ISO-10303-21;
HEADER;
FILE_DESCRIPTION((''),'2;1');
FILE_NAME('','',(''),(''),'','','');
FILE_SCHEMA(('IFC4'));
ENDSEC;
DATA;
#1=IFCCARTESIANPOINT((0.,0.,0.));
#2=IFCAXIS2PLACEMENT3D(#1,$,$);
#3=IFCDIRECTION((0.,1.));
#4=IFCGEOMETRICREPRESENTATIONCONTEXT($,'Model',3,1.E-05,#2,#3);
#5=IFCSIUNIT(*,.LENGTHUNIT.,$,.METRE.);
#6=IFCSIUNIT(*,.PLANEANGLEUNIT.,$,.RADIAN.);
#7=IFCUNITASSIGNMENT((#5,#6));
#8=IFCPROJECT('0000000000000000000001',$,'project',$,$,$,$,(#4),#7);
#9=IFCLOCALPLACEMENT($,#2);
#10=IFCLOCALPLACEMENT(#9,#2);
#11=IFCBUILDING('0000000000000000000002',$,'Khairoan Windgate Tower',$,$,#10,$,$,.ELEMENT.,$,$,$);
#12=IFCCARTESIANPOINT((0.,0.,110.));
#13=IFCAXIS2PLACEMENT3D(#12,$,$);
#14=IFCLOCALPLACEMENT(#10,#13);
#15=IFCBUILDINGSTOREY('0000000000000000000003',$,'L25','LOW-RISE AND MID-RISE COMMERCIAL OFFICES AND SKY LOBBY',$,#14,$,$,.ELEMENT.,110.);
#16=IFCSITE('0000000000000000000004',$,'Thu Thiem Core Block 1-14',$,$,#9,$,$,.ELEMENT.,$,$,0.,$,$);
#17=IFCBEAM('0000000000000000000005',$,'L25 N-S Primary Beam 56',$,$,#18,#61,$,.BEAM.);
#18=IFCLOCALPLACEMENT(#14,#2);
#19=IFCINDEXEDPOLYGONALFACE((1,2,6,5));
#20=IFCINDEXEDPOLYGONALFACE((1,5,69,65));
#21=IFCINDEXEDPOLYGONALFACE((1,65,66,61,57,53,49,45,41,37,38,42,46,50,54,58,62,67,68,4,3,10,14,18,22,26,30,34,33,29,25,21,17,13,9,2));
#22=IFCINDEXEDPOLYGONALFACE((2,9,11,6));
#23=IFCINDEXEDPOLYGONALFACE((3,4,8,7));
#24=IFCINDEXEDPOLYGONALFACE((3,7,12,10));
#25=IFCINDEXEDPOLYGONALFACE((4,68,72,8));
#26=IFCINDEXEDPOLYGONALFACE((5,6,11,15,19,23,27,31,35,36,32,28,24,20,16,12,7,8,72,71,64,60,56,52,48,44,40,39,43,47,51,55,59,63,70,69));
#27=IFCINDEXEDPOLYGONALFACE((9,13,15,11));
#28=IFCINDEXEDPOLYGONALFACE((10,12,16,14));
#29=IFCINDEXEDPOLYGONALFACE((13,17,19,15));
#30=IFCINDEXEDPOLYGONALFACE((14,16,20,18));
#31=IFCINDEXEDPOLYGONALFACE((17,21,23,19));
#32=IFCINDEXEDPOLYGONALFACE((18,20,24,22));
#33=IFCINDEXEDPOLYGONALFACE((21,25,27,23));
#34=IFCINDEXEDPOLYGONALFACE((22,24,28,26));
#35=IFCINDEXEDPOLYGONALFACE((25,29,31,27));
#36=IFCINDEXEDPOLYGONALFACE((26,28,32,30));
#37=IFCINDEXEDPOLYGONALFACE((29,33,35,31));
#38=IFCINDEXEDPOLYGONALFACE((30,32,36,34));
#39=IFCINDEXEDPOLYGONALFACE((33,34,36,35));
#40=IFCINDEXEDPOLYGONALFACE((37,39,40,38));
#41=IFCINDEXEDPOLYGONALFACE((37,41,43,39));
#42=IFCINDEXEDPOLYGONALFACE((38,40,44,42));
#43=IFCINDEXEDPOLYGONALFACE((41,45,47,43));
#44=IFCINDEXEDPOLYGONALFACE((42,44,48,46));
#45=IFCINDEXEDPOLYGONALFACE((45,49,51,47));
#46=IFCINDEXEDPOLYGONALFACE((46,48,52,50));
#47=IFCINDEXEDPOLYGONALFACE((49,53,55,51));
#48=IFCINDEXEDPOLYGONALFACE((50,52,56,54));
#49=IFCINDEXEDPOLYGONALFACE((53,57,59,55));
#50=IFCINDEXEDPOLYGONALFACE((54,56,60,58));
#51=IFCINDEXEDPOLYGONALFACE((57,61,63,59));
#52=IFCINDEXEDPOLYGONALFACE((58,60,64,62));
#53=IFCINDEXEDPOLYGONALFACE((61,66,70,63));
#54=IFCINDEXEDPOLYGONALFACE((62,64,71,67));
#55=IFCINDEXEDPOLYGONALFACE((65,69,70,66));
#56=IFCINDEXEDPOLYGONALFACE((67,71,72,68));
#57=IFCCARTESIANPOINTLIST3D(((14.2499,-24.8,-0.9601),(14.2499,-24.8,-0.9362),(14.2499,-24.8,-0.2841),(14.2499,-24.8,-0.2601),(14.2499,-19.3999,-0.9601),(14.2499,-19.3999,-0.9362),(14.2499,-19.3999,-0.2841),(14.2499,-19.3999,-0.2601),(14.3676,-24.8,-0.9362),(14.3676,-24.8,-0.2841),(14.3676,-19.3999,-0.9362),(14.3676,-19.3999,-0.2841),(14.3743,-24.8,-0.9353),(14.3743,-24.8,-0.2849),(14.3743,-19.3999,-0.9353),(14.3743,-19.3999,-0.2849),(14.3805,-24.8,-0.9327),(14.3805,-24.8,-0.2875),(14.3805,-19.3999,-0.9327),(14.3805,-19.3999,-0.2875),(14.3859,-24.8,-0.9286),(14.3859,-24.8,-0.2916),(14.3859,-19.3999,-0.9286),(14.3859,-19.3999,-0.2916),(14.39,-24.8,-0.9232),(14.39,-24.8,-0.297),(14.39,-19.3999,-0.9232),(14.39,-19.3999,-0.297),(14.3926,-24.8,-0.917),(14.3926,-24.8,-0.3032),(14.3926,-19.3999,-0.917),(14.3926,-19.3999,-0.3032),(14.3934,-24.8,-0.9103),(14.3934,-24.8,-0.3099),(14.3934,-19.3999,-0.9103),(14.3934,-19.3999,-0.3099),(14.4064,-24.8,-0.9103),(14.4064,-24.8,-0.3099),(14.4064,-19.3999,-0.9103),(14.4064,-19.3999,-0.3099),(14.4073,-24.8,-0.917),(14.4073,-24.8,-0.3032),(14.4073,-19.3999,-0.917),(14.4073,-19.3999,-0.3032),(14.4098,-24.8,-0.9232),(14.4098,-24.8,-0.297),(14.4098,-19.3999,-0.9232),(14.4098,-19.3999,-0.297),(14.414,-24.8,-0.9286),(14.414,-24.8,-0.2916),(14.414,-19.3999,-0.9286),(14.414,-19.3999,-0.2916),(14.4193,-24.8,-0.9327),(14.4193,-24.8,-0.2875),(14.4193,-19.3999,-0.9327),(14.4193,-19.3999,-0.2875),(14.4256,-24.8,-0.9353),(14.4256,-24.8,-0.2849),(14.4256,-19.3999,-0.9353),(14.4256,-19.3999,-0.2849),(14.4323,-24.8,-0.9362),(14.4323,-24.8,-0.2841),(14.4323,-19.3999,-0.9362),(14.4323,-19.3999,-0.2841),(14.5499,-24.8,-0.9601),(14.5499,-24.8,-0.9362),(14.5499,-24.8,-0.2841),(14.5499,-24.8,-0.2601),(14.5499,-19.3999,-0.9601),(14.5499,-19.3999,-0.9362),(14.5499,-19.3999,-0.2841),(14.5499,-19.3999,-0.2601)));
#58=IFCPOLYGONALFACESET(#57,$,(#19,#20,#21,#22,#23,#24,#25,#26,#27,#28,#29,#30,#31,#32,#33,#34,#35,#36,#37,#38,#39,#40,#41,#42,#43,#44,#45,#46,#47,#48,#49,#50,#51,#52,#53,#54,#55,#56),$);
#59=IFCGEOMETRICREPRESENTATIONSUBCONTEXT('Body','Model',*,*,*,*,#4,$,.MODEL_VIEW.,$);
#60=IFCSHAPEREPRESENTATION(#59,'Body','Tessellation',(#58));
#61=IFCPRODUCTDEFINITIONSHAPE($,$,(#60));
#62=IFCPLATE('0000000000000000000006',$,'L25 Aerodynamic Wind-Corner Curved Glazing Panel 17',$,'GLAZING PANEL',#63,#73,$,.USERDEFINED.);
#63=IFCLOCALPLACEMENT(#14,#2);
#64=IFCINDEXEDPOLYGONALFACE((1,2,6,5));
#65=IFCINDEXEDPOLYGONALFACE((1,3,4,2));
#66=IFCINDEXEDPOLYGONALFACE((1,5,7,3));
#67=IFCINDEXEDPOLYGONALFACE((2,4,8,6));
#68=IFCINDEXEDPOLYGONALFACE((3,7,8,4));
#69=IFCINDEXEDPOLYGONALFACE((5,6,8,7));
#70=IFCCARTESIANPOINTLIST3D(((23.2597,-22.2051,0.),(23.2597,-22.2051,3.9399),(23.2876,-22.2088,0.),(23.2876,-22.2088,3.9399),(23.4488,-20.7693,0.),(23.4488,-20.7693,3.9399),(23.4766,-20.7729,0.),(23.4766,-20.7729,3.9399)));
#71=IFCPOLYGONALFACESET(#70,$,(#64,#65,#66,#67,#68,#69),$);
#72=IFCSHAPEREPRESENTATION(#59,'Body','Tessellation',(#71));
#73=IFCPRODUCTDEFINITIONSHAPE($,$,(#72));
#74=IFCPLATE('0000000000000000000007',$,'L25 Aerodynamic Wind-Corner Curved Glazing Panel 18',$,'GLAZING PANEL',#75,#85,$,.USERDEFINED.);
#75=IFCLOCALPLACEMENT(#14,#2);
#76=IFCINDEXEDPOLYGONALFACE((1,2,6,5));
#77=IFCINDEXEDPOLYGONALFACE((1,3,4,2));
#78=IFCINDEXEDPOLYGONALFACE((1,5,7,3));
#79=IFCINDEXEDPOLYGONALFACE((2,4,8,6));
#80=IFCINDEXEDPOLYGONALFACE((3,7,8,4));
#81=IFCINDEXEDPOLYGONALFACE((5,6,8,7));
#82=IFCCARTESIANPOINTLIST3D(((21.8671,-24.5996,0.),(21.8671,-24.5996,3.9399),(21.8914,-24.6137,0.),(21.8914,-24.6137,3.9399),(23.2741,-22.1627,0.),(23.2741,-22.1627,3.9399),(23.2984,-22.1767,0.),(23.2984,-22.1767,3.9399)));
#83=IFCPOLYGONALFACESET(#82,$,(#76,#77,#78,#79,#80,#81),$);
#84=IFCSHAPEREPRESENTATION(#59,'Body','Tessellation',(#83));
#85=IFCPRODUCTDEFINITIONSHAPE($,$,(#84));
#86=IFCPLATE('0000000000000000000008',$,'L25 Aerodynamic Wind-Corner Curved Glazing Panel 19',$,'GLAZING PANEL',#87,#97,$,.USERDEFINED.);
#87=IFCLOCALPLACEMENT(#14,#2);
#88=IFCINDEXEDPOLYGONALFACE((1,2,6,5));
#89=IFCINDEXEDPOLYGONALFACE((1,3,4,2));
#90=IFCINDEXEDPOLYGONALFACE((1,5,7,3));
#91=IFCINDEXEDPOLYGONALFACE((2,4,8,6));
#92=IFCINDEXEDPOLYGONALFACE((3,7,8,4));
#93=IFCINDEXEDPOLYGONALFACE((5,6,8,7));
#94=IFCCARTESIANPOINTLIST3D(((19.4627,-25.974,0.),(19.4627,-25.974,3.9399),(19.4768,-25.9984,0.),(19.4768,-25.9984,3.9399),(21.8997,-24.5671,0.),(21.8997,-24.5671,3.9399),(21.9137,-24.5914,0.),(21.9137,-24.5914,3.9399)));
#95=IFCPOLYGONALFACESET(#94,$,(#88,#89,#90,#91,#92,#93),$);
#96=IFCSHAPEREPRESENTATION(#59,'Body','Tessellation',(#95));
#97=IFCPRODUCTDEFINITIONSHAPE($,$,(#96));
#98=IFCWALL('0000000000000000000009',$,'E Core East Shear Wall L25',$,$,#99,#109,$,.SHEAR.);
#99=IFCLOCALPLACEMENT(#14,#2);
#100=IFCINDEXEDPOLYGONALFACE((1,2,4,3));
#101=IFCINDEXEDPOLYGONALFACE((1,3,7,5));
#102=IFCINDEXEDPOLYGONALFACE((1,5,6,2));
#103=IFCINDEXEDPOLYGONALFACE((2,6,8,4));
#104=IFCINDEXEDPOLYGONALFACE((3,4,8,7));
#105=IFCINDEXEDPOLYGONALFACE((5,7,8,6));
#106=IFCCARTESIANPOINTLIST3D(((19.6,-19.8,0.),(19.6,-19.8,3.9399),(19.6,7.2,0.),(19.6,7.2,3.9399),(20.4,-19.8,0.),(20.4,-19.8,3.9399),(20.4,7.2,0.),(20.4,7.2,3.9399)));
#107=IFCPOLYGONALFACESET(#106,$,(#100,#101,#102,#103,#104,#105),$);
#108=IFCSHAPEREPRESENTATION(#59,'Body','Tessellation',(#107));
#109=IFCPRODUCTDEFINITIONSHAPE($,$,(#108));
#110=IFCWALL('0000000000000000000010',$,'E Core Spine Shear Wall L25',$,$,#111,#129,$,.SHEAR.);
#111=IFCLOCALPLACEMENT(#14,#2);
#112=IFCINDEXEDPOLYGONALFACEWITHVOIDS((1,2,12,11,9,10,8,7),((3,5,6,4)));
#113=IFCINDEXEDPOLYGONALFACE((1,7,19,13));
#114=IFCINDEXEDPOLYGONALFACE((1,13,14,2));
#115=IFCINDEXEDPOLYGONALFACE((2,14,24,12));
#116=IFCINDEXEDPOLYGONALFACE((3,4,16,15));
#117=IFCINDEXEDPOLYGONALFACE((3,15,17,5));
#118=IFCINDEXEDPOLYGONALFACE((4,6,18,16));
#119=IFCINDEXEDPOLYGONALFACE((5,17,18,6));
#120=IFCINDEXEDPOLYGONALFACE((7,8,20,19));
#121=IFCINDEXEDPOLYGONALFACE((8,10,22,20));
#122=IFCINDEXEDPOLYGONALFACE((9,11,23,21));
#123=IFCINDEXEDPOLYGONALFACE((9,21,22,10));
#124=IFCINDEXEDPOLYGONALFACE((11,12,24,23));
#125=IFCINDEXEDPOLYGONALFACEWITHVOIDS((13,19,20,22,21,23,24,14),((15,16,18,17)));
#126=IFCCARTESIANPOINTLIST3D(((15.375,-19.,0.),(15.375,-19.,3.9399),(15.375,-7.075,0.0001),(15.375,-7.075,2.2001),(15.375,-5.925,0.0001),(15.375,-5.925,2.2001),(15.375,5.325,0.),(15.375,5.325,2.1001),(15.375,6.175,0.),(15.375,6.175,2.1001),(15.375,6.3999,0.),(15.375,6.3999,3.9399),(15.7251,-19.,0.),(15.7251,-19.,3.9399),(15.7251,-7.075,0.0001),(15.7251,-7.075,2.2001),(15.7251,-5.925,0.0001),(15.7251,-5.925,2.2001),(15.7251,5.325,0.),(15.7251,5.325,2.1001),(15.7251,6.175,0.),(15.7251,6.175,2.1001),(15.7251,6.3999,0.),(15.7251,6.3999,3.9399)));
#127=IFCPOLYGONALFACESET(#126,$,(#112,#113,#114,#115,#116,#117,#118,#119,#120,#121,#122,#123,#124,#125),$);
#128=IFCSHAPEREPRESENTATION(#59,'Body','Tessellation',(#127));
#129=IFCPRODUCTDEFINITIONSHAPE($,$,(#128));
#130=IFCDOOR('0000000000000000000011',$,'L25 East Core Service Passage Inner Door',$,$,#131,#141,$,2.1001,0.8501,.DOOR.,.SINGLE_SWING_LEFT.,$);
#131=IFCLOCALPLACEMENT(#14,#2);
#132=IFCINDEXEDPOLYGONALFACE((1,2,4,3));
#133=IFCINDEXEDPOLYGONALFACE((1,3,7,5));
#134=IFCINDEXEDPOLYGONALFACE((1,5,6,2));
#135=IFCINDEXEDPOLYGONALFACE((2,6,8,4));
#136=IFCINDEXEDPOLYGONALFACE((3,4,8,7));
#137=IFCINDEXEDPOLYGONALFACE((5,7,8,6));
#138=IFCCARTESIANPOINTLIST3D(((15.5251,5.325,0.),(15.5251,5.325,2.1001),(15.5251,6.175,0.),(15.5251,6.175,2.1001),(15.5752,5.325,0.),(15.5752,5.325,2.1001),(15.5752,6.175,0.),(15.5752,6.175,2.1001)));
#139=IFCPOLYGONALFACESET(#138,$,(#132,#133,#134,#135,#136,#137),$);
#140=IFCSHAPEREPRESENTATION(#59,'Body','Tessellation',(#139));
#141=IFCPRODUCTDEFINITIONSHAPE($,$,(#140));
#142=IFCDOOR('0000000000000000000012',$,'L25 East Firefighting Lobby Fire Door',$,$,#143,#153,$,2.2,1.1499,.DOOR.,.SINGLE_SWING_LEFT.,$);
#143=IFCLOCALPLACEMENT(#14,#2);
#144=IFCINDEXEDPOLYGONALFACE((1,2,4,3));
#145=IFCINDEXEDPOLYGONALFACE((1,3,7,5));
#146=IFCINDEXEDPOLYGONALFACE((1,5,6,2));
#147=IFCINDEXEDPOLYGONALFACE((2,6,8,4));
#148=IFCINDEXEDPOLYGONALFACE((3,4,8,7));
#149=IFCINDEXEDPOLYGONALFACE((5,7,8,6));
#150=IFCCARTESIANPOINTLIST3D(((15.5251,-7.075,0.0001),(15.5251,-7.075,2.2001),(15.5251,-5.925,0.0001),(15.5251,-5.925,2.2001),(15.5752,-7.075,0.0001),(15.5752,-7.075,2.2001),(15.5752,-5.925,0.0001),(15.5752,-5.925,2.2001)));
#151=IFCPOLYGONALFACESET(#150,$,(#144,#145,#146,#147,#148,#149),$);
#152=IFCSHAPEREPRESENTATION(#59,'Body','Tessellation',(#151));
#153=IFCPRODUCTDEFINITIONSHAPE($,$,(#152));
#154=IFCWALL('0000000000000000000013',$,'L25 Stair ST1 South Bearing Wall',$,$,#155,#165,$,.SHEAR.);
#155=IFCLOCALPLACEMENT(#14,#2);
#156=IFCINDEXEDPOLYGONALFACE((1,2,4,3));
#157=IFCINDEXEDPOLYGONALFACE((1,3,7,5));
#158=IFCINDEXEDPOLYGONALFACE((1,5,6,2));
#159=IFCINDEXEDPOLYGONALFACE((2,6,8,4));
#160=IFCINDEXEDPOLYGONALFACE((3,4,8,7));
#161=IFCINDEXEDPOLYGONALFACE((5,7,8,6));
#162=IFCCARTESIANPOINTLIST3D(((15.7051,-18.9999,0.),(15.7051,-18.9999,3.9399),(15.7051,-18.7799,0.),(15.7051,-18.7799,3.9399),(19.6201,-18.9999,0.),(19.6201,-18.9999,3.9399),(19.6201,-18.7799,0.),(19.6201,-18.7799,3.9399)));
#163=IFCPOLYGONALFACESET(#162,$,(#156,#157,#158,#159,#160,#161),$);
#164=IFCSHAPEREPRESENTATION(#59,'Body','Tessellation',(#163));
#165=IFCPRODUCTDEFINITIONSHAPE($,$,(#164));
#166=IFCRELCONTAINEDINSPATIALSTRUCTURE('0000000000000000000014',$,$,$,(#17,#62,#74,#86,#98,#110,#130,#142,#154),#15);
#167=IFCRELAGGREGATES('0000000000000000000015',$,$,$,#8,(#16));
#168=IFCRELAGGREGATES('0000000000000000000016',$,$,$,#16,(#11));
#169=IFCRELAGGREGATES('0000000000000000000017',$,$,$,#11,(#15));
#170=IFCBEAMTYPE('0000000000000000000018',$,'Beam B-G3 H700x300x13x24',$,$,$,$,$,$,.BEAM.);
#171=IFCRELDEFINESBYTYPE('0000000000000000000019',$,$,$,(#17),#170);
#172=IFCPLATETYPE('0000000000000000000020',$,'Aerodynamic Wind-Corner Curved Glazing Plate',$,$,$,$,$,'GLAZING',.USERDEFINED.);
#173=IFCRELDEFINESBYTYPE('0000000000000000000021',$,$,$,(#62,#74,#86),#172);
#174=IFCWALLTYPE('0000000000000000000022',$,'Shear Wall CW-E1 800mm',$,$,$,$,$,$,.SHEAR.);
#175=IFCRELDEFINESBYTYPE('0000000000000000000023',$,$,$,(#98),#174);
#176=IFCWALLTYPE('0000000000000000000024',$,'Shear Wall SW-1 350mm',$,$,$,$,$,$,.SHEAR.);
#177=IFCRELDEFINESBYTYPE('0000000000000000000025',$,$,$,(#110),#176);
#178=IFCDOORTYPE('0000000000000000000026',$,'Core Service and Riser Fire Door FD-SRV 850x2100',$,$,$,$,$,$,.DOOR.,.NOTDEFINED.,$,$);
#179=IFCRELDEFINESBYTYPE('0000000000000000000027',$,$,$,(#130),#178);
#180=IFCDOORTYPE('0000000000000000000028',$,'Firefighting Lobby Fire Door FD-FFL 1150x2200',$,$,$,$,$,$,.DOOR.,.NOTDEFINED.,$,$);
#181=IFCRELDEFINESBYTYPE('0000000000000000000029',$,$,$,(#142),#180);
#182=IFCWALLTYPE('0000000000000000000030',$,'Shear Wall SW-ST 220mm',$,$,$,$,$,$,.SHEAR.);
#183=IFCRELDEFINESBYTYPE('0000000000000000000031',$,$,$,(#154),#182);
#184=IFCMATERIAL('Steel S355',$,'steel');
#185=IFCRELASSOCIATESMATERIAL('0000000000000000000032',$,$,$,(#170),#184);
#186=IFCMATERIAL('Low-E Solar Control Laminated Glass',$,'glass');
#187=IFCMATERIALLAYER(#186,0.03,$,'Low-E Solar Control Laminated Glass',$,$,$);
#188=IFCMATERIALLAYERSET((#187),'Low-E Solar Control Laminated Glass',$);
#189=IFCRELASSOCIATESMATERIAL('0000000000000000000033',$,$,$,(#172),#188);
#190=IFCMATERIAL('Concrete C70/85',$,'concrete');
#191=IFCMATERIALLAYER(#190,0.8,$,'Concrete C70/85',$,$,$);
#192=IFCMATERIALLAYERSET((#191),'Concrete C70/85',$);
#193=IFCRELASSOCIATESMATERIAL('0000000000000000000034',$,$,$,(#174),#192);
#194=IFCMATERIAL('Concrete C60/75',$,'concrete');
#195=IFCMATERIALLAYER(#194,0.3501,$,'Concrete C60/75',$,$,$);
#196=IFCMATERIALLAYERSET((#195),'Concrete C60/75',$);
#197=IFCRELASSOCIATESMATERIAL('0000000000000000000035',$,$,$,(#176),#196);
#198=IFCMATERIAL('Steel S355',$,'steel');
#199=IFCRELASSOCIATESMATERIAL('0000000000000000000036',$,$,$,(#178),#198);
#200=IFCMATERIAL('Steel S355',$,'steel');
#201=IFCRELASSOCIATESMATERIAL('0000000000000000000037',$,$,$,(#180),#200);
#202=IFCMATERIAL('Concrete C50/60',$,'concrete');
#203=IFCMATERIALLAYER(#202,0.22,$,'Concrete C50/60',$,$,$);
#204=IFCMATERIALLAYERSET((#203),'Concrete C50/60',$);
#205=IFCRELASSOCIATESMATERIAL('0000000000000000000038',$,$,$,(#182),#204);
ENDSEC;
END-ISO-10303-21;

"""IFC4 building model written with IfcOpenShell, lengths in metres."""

from ifc_helpers import new_model, si_unit, direction, frame, frame_2d, origin, origin_2d, place, context, subcontext, project, spatial, rectangle, i_section, extrude, material, layer, layer_set, material_profile, profile_set, type_object, element, fill, save


model = new_model("IFC4")

# Units and contexts
model_context = context("Model", 3, precision=1e-05, world=origin(), true_north=direction((0.0, 1.0)))
body_context = subcontext(model_context, "Body", "Model", "MODEL_VIEW")
ifc_project = project(units=[si_unit("LENGTHUNIT", "METRE"), si_unit("PLANEANGLEUNIT", "RADIAN")], contexts=[model_context])

# Site, building, storey
site_placement = place(None, origin())
site = spatial("IfcSite", under=ifc_project, at=site_placement, Name="Thu Thiem Core Block 1-14", CompositionType="ELEMENT", RefElevation=0.0)
building_placement = place(site_placement, origin())
building = spatial("IfcBuilding", under=site, at=building_placement, Name="Khairoan Windgate Tower", CompositionType="ELEMENT")
storey_placement = place(building_placement, frame((0.0, 0.0, 110.0)))
storey = spatial("IfcBuildingStorey", under=building, at=storey_placement, Name="L25", Description="LOW-RISE AND MID-RISE COMMERCIAL OFFICES AND SKY LOBBY", CompositionType="ELEMENT", Elevation=110.0)

# Beam
ifc_material_1 = material(Name="Steel S355", Category="steel")
ifc_material_profile_1 = material_profile(ifc_material_1, i_section(OverallWidth=0.3, OverallDepth=0.7, WebThickness=0.0129, FlangeThickness=0.0239, FilletRadius=0.0259, at=origin_2d()))
ifc_profile_set_1 = profile_set([ifc_material_profile_1], Name="Steel S355")
beam_type = type_object("IfcBeamType", Name="Beam B-G3 H700x300x13x24", PredefinedType="BEAM", material=ifc_profile_set_1)
beam_placement = place(storey_placement, frame((14.3999, -24.8, -0.6101), z_axis=(0.0, 1.0, 0.0), x_axis=(-1.0, 0.0, 0.0)))
element("IfcBeam", 1, at=beam_placement, inside=storey, type_object=beam_type, Name="L25 N-S Primary Beam 56", PredefinedType="BEAM", context=body_context, shape_type="SweptSolid", body=[
    extrude(i_section(OverallWidth=0.3, OverallDepth=0.7, WebThickness=0.0129, FlangeThickness=0.0239, FilletRadius=0.0259, at=origin_2d()), origin(), (0.0, 0.0, 1.0), 5.4001),
])

# Plates
ifc_material_2 = material(Name="Low-E Solar Control Laminated Glass", Category="glass")
ifc_layer_1 = layer(ifc_material_2, 0.03, Name="Low-E Solar Control Laminated Glass")
ifc_layer_set_1 = layer_set([ifc_layer_1], Name="Low-E Solar Control Laminated Glass")
plate_type_1 = type_object("IfcPlateType", Name="Aerodynamic Wind-Corner Curved Glazing Plate", ElementType="GLAZING", PredefinedType="USERDEFINED", material=ifc_layer_set_1)
plate_1_placement = place(storey_placement, frame((23.3682, -21.489, 0.0), z_axis=(0.0, 0.0, 1.0), x_axis=(-0.130526, -0.991445, 0.0)))
element("IfcPlate", 2, at=plate_1_placement, inside=storey, type_object=plate_type_1, Name="L25 Aerodynamic Wind-Corner Curved Glazing Panel 17", ObjectType="GLAZING PANEL", PredefinedType="USERDEFINED", context=body_context, shape_type="SweptSolid", body=[
    extrude(rectangle(XDim=1.4482, YDim=0.0281, at=origin_2d()), origin(), (0.0, 0.0, 1.0), 3.9399),
])
for number, where, z_axis, x_axis, name in (
    (3, (22.5828, -23.3882, 0.0), (0.0, 0.0, 1.0), (-0.5, -0.866025, 0.0), "L25 Aerodynamic Wind-Corner Curved Glazing Panel 18"),
    (4, (20.6882, -25.2827, 0.0), (0.0, 0.0, 1.0), (-0.866025, -0.5, 0.0), "L25 Aerodynamic Wind-Corner Curved Glazing Panel 19"),
):
    element("IfcPlate", number, at=place(storey_placement, frame(where, z_axis=z_axis, x_axis=x_axis)), inside=storey, type_object=plate_type_1, Name=name, ObjectType="GLAZING PANEL", PredefinedType="USERDEFINED", context=body_context, shape_type="SweptSolid", body=[
        extrude(rectangle(XDim=2.814, YDim=0.0281, at=origin_2d()), origin(), (0.0, 0.0, 1.0), 3.9399),
    ])

# Wall
ifc_material_3 = material(Name="Concrete C70/85", Category="concrete")
ifc_layer_2 = layer(ifc_material_3, 0.8, Name="Concrete C70/85")
ifc_layer_set_2 = layer_set([ifc_layer_2], Name="Concrete C70/85")
wall_type_1 = type_object("IfcWallType", Name="Shear Wall CW-E1 800mm", PredefinedType="SHEAR", material=ifc_layer_set_2)
wall_1_placement = place(storey_placement, frame((20.0, -19.8, 0.0), z_axis=(0.0, 0.0, 1.0), x_axis=(0.0, 1.0, 0.0)))
element("IfcWall", 5, at=wall_1_placement, inside=storey, type_object=wall_type_1, Name="E Core East Shear Wall L25", PredefinedType="SHEAR", context=body_context, shape_type="SweptSolid", body=[
    extrude(rectangle(XDim=27.0, YDim=0.8, at=frame_2d((13.5, 0.0))), origin(), (0.0, 0.0, 1.0), 3.9399),
])

# Wall, openings, doors
ifc_material_4 = material(Name="Concrete C60/75", Category="concrete")
ifc_layer_3 = layer(ifc_material_4, 0.3501, Name="Concrete C60/75")
ifc_layer_set_3 = layer_set([ifc_layer_3], Name="Concrete C60/75")
wall_type_2 = type_object("IfcWallType", Name="Shear Wall SW-1 350mm", PredefinedType="SHEAR", material=ifc_layer_set_3)
wall_2_placement = place(storey_placement, frame((15.55, -19.0, 0.0), z_axis=(0.0, 0.0, 1.0), x_axis=(0.0, 1.0, 0.0)))
wall_2 = element("IfcWall", 6, at=wall_2_placement, inside=storey, type_object=wall_type_2, Name="E Core Spine Shear Wall L25", PredefinedType="SHEAR", context=body_context, shape_type="SweptSolid", body=[
    extrude(rectangle(XDim=25.3999, YDim=0.3501, at=frame_2d((12.7, 0.0))), origin(), (0.0, 0.0, 1.0), 3.9399),
])
opening_1_placement = place(wall_2_placement, frame((11.925, 0.0, 0.0)))
opening_1 = element("IfcOpeningElement", 7, at=opening_1_placement, cuts=wall_2, PredefinedType="OPENING", context=body_context, shape_type="SweptSolid", body=[
    extrude(rectangle(XDim=1.1499, YDim=2.2, at=frame_2d((0.575, 1.1001))), frame((0.0, 0.1851, 0.0), z_axis=(0.0, -1.0, 0.0), x_axis=(1.0, 0.0, 0.0)), (0.0, 0.0, 1.0), 0.3701),
])
opening_2_placement = place(wall_2_placement, frame((24.325, 0.0, 0.0)))
opening_2 = element("IfcOpeningElement", 8, at=opening_2_placement, cuts=wall_2, PredefinedType="OPENING", context=body_context, shape_type="SweptSolid", body=[
    extrude(rectangle(XDim=0.8501, YDim=2.1001, at=frame_2d((0.425, 1.05))), frame((0.0, 0.1851, 0.0), z_axis=(0.0, -1.0, 0.0), x_axis=(1.0, 0.0, 0.0)), (0.0, 0.0, 1.0), 0.3701),
])
ifc_material_5 = material(Name="Steel S355", Category="steel")
door_type_1 = type_object("IfcDoorType", Name="Core Service and Riser Fire Door FD-SRV 850x2100", OperationType="NOTDEFINED", PredefinedType="DOOR", material=ifc_material_5)
door_1_placement = place(opening_2_placement, origin())
door_1 = element("IfcDoor", 9, at=door_1_placement, inside=storey, type_object=door_type_1, Name="L25 East Core Service Passage Inner Door", OperationType="SINGLE_SWING_LEFT", OverallHeight=2.1001, OverallWidth=0.8501, PredefinedType="DOOR", context=body_context, shape_type="SweptSolid", body=[
    extrude(rectangle(XDim=0.8501, YDim=2.1001, at=frame_2d((0.425, 1.05))), frame((0.0, 0.0249, 0.0), z_axis=(0.0, -1.0, 0.0), x_axis=(1.0, 0.0, 0.0)), (0.0, 0.0, 1.0), 0.05),
])
fill(opening_2, door_1)
ifc_material_6 = material(Name="Steel S355", Category="steel")
door_type_2 = type_object("IfcDoorType", Name="Firefighting Lobby Fire Door FD-FFL 1150x2200", OperationType="NOTDEFINED", PredefinedType="DOOR", material=ifc_material_6)
door_2_placement = place(opening_1_placement, origin())
door_2 = element("IfcDoor", 10, at=door_2_placement, inside=storey, type_object=door_type_2, Name="L25 East Firefighting Lobby Fire Door", OperationType="SINGLE_SWING_LEFT", OverallHeight=2.2, OverallWidth=1.1499, PredefinedType="DOOR", context=body_context, shape_type="SweptSolid", body=[
    extrude(rectangle(XDim=1.1499, YDim=2.2, at=frame_2d((0.575, 1.1001))), frame((0.0, 0.0249, 0.0), z_axis=(0.0, -1.0, 0.0), x_axis=(1.0, 0.0, 0.0)), (0.0, 0.0, 1.0), 0.05),
])
fill(opening_1, door_2)

# Wall
ifc_material_7 = material(Name="Concrete C50/60", Category="concrete")
ifc_layer_4 = layer(ifc_material_7, 0.22, Name="Concrete C50/60")
ifc_layer_set_4 = layer_set([ifc_layer_4], Name="Concrete C50/60")
wall_type_3 = type_object("IfcWallType", Name="Shear Wall SW-ST 220mm", PredefinedType="SHEAR", material=ifc_layer_set_4)
wall_3_placement = place(storey_placement, frame((15.7051, -18.8899, 0.0), z_axis=(0.0, 0.0, 1.0), x_axis=(1.0, 0.0, 0.0)))
element("IfcWall", 11, at=wall_3_placement, inside=storey, type_object=wall_type_3, Name="L25 Stair ST1 South Bearing Wall", PredefinedType="SHEAR", context=body_context, shape_type="SweptSolid", body=[
    extrude(rectangle(XDim=3.915, YDim=0.22, at=frame_2d((1.9575, 0.0))), origin(), (0.0, 0.0, 1.0), 3.9399),
])

save(model, "model.ifc")
